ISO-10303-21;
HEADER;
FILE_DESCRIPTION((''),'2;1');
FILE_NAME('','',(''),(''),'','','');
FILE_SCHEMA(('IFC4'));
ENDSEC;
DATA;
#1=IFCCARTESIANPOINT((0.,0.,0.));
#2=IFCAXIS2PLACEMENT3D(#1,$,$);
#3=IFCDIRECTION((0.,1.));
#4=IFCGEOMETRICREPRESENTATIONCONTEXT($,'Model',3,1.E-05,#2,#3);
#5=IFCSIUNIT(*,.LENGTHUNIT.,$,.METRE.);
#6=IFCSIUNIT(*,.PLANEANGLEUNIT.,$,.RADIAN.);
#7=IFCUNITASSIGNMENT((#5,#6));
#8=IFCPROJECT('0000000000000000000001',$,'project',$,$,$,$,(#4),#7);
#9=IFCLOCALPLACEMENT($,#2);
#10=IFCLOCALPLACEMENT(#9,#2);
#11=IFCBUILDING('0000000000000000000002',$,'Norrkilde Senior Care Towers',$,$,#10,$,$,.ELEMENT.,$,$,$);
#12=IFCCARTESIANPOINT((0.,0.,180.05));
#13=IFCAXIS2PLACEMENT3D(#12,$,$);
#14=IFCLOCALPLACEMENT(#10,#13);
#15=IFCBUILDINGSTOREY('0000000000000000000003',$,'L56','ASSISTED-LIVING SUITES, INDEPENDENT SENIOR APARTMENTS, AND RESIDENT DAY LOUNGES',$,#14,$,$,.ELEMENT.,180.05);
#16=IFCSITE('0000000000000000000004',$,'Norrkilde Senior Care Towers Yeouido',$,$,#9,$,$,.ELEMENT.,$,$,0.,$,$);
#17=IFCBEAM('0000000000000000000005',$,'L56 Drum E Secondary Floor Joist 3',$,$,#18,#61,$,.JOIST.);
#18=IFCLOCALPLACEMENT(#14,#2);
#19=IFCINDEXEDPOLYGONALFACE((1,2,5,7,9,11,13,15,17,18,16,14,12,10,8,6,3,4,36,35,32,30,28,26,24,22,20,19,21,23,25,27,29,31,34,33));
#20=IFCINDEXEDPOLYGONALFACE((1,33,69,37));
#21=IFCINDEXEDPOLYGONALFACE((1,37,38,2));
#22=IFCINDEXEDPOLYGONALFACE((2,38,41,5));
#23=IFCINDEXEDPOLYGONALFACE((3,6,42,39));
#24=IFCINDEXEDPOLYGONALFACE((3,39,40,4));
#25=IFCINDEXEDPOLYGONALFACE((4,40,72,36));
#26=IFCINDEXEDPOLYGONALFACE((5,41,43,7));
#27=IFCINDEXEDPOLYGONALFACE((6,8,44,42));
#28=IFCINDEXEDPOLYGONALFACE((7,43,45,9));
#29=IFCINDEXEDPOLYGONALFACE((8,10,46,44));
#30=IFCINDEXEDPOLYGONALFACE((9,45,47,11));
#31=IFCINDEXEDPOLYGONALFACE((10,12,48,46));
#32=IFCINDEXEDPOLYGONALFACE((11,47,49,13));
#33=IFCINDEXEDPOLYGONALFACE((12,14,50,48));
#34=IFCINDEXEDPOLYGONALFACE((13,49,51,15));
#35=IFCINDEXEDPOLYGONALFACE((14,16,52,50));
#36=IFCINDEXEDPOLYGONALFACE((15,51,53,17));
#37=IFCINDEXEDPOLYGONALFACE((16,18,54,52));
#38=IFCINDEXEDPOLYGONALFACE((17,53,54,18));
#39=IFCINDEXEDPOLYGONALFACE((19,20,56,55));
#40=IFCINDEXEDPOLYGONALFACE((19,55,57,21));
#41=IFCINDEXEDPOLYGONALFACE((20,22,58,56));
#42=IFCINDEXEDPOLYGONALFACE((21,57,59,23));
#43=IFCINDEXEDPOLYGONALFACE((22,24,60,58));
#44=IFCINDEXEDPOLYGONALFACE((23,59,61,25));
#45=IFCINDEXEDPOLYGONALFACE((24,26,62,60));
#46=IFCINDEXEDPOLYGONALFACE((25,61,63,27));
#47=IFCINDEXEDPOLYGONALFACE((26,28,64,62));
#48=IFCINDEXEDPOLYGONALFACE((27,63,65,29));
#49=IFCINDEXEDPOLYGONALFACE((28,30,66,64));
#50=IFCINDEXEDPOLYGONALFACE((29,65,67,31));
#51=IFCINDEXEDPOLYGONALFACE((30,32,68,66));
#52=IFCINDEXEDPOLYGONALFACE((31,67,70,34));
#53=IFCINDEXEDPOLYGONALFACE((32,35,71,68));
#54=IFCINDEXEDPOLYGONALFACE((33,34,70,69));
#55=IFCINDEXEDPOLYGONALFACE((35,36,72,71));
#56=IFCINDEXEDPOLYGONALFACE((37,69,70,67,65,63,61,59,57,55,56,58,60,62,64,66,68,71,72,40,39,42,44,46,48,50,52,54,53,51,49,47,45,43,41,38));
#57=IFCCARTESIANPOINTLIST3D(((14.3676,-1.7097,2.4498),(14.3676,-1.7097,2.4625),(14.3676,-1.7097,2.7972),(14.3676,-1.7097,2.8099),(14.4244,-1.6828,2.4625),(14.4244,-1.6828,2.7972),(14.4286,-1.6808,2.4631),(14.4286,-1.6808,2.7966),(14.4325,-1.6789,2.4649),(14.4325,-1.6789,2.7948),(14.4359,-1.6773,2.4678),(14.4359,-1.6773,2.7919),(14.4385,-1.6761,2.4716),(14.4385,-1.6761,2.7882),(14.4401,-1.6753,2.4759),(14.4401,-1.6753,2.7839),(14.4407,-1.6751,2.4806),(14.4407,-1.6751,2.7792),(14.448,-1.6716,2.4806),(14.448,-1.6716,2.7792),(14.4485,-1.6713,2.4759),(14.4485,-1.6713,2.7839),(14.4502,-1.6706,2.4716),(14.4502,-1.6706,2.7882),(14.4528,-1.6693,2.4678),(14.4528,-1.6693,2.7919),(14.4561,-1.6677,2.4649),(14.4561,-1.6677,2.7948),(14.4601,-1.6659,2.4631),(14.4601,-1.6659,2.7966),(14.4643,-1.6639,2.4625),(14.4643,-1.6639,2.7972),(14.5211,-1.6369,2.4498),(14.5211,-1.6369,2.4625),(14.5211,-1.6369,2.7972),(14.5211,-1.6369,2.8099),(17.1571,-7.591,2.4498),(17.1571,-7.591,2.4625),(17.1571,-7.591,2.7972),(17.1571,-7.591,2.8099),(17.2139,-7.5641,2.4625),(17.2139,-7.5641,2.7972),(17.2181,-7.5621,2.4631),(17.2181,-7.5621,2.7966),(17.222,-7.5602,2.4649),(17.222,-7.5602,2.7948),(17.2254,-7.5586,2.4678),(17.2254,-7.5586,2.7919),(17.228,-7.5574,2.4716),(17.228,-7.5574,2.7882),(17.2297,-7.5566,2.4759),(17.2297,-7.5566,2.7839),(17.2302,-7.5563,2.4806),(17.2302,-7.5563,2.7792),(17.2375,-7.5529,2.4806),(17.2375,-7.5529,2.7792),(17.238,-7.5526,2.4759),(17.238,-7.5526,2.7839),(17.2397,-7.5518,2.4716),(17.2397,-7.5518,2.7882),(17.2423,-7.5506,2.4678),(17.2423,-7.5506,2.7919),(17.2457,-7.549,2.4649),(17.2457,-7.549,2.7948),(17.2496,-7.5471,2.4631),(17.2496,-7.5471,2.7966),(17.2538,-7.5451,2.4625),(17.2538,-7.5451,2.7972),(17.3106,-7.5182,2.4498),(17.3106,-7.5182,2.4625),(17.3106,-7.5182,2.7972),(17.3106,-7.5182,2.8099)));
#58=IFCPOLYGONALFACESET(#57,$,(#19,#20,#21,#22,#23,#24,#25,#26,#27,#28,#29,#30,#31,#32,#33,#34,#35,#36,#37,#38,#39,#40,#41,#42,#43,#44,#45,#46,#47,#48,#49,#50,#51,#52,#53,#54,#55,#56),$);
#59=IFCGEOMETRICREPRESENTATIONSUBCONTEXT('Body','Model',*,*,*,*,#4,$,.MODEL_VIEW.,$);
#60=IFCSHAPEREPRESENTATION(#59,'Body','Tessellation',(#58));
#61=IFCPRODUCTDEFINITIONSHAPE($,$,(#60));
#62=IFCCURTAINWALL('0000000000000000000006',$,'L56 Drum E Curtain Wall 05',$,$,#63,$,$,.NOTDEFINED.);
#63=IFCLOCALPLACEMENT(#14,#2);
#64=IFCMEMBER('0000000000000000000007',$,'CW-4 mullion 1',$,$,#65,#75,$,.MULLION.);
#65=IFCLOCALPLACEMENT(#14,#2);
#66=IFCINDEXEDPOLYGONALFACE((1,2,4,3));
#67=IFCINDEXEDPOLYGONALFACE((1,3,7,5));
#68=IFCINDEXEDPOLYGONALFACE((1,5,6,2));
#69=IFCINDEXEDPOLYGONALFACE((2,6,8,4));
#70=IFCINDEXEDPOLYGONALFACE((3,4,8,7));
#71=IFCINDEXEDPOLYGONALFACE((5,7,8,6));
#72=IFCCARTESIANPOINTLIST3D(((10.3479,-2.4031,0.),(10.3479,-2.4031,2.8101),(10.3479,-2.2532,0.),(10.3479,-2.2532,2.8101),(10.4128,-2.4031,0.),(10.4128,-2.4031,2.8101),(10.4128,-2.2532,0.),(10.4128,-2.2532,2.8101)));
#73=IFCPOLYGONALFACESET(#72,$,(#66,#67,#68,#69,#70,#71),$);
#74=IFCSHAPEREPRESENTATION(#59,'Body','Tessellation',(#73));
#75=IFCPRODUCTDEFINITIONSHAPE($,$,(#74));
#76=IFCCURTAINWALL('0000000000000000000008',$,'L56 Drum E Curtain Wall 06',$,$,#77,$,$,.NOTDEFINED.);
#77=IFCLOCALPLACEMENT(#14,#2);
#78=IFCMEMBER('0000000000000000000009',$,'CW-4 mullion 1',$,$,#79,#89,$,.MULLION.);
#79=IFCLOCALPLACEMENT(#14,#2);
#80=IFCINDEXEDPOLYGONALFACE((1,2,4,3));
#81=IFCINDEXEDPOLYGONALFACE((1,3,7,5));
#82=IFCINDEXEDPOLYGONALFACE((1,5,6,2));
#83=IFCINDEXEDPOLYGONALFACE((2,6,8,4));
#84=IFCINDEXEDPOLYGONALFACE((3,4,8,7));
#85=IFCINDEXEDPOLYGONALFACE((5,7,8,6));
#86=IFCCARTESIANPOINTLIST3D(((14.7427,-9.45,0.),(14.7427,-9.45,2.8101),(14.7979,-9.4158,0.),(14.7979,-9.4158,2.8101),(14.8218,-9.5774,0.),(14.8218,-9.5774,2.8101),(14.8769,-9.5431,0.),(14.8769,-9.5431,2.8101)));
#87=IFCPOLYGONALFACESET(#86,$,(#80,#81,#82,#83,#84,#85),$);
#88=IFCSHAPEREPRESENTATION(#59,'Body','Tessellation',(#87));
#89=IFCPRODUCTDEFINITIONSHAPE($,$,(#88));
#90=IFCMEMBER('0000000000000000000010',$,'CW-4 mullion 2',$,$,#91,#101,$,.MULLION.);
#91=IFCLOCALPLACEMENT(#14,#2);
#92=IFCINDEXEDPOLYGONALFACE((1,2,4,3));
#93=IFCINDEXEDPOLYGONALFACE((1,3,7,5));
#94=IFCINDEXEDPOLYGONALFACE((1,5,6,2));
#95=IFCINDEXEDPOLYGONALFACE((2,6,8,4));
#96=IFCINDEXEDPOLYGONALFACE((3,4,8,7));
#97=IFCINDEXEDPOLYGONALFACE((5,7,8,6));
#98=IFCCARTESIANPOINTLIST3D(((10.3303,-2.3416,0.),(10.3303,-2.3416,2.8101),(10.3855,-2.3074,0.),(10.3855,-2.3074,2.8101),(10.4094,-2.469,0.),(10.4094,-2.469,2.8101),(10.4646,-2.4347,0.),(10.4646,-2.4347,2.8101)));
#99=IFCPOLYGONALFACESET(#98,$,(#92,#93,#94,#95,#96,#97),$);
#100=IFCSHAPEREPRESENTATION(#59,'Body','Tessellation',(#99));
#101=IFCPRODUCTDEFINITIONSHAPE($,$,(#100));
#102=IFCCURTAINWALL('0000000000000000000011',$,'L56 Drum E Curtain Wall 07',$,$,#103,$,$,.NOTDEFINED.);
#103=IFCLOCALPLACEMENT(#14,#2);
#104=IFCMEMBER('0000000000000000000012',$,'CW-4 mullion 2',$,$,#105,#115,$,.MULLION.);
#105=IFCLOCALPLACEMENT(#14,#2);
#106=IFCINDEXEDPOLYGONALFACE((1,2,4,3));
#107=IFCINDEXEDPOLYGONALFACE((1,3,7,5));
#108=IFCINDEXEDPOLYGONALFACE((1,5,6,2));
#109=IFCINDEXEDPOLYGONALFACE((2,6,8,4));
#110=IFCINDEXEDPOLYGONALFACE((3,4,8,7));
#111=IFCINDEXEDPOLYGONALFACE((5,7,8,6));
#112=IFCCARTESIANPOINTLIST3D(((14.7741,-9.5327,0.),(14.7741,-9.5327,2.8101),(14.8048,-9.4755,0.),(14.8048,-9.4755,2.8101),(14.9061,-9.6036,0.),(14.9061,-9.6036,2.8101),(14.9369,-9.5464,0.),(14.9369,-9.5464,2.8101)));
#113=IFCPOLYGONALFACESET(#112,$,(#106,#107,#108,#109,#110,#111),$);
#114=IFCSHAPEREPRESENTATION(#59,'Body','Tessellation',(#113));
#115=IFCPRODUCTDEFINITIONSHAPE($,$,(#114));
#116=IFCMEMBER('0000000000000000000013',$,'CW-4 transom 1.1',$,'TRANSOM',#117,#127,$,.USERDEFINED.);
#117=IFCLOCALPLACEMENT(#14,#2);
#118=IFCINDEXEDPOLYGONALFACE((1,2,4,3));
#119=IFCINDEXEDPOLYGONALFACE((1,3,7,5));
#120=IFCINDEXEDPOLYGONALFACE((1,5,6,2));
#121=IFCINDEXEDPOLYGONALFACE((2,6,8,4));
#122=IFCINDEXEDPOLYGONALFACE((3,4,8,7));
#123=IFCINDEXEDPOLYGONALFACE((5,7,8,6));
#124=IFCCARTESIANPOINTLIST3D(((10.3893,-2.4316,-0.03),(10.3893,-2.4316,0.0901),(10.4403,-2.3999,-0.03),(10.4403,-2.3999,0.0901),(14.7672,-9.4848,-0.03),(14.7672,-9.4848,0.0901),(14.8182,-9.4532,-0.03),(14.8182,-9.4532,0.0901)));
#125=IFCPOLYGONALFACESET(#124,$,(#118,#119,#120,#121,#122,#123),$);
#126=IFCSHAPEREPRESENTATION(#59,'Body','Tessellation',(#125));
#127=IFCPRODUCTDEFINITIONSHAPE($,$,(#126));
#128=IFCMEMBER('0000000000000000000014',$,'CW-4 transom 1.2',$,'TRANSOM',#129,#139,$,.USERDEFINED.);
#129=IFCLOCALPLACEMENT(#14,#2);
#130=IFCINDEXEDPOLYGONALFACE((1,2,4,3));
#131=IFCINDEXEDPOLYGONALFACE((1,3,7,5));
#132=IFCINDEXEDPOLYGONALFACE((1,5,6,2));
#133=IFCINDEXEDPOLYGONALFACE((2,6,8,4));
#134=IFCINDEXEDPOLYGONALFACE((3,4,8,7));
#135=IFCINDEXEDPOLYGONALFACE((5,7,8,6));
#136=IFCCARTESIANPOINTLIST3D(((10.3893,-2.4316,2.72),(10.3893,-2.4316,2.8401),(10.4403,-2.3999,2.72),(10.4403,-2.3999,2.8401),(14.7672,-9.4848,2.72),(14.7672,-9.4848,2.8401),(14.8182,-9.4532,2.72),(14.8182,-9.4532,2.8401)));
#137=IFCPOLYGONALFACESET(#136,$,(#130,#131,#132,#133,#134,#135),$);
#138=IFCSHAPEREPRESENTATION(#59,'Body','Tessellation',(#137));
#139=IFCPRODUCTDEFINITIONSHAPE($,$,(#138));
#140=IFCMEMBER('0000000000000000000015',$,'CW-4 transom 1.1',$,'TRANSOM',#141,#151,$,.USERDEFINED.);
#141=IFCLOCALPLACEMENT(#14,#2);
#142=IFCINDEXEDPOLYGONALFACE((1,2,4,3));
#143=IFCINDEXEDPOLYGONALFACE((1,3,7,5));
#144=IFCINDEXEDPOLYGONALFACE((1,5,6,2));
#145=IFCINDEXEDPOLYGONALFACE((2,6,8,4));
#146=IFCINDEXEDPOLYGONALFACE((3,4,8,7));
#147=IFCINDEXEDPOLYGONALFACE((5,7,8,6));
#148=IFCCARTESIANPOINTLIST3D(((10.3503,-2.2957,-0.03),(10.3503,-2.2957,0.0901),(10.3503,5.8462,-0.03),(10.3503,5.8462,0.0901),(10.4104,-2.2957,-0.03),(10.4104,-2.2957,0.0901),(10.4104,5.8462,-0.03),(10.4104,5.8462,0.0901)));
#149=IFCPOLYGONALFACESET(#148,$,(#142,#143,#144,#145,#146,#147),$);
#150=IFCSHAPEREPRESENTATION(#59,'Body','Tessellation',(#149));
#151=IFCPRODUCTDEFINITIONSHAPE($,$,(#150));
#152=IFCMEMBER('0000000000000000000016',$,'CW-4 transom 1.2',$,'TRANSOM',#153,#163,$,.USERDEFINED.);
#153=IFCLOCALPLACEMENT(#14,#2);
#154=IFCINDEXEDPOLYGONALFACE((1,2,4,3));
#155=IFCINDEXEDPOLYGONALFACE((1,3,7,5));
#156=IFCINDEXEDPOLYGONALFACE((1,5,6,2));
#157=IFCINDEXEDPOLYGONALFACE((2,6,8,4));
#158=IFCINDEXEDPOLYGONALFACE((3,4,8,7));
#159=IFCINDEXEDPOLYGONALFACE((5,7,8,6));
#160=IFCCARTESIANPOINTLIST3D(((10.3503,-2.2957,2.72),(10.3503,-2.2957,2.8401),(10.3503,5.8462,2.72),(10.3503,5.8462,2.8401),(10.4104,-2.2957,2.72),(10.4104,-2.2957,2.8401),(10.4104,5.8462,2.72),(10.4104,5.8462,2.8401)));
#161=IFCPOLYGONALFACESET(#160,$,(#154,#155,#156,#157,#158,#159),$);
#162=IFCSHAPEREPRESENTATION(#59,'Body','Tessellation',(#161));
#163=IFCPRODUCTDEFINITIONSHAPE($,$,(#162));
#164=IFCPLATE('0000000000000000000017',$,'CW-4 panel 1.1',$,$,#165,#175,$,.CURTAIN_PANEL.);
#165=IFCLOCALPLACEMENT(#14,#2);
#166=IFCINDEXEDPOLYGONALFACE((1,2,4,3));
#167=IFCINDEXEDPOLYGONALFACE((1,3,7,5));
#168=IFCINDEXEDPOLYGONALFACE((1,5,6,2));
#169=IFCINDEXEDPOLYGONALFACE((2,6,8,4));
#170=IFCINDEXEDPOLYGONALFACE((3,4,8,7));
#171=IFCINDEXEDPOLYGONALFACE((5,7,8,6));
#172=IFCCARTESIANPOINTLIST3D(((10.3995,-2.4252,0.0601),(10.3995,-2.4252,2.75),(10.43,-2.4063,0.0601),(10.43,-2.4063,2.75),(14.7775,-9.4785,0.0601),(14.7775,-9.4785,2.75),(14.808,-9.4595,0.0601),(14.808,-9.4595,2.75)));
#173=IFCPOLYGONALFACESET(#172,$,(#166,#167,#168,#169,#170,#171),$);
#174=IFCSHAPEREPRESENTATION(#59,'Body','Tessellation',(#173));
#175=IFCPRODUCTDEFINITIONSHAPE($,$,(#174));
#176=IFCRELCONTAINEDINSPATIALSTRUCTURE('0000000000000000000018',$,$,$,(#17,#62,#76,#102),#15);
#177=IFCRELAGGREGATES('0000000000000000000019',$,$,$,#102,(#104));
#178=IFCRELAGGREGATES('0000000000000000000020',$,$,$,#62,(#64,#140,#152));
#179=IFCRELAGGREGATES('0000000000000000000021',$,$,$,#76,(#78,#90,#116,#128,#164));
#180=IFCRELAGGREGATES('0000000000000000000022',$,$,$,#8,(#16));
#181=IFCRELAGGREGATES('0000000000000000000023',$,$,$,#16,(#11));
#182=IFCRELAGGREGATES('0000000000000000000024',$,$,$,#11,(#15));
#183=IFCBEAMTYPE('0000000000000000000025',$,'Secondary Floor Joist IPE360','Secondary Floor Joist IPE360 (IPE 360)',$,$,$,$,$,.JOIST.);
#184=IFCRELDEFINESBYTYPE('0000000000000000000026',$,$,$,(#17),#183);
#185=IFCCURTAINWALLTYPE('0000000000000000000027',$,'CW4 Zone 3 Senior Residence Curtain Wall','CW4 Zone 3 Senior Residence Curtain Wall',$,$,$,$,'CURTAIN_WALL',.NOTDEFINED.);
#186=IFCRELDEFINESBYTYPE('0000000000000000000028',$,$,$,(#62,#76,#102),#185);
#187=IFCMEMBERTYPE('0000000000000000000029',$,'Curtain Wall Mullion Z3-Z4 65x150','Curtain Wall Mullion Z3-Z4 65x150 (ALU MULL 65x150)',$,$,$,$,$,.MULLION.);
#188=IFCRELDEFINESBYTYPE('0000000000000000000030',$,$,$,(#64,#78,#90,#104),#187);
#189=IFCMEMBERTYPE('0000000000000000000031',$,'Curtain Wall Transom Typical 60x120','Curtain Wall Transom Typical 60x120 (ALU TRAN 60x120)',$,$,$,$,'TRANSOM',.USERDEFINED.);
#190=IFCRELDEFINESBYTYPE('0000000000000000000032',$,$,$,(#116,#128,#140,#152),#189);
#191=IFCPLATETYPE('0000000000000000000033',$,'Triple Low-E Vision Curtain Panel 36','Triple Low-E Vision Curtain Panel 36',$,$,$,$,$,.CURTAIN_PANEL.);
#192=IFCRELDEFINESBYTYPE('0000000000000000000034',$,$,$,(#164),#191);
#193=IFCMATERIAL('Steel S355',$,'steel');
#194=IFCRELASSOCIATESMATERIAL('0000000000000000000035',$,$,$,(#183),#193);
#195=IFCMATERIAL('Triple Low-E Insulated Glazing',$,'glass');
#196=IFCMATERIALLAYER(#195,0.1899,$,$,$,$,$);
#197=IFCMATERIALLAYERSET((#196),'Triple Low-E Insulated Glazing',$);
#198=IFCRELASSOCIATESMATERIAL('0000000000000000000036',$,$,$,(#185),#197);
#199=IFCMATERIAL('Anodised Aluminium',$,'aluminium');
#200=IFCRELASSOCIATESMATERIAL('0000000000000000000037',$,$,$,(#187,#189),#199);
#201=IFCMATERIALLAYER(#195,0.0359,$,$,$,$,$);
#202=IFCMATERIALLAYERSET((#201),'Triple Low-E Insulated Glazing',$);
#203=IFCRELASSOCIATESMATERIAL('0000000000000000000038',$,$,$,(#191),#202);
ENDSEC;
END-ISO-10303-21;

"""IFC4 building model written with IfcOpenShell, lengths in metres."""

from ifc_helpers import new_model, si_unit, direction, frame, origin, origin_2d, place, context, subcontext, project, spatial, rectangle, i_section, extrude, source, transform, mapped, material, layer, layer_set, material_profile, profile_set, type_object, type_shapes, element, aggregate, save


model = new_model("IFC4")

# Units and contexts
model_context = context("Model", 3, precision=1e-05, world=origin(), true_north=direction((0.0, 1.0)))
body_context = subcontext(model_context, "Body", "Model", "MODEL_VIEW")
ifc_project = project(units=[si_unit("LENGTHUNIT", "METRE"), si_unit("PLANEANGLEUNIT", "RADIAN")], contexts=[model_context])

# Site, building, storey
site_placement = place(None, origin())
site = spatial("IfcSite", under=ifc_project, at=site_placement, Name="Norrkilde Senior Care Towers Yeouido", CompositionType="ELEMENT", RefElevation=0.0)
building_placement = place(site_placement, origin())
building = spatial("IfcBuilding", under=site, at=building_placement, Name="Norrkilde Senior Care Towers", CompositionType="ELEMENT")
storey_placement = place(building_placement, frame((0.0, 0.0, 180.05)))
storey = spatial("IfcBuildingStorey", under=building, at=storey_placement, Name="L56", Description="ASSISTED-LIVING SUITES, INDEPENDENT SENIOR APARTMENTS, AND RESIDENT DAY LOUNGES", CompositionType="ELEMENT", Elevation=180.05)

# Beam
ifc_material_1 = material(Name="Steel S355", Category="steel")
ifc_material_profile_1 = material_profile(ifc_material_1, i_section(OverallWidth=0.1699, OverallDepth=0.3601, WebThickness=0.0081, FlangeThickness=0.0127, FilletRadius=0.0181, at=origin_2d()), Name="IPE 360")
ifc_profile_set_1 = profile_set([ifc_material_profile_1], Name="Steel S355")
beam_type_1 = type_object("IfcBeamType", Name="Secondary Floor Joist IPE360", Description="Secondary Floor Joist IPE360 (IPE 360)", PredefinedType="JOIST", material=ifc_profile_set_1)
shared_shape_1 = source(origin(), body_context, "Body", "SweptSolid", [
    extrude(i_section(OverallWidth=0.1699, OverallDepth=0.3601, WebThickness=0.0081, FlangeThickness=0.0127, FilletRadius=0.0181, at=origin_2d()), origin(), (0.0, 0.0, 1.0), 6.5093),
])
type_shapes(beam_type_1, [shared_shape_1])
beam_1_placement = place(storey_placement, frame((14.4443, -1.6733, 2.6299), z_axis=(0.428544, -0.903521, 0.0), x_axis=(0.903521, 0.428544, 0.0)))
element("IfcBeam", 1, at=beam_1_placement, inside=storey, type_object=beam_type_1, Name="L56 Drum E Secondary Floor Joist 3", PredefinedType="JOIST", context=body_context, shape_type="MappedRepresentation", body=[
    mapped(shared_shape_1, transform((0.0, 0.0, 0.0), x_axis=(1.0, 0.0, 0.0), y_axis=(0.0, 1.0, 0.0), z_axis=(0.0, 0.0, 1.0), scale=1.0)),
])

# Curtain wall, member
ifc_material_2 = material(Name="Triple Low-E Insulated Glazing", Category="glass")
ifc_layer_1 = layer(ifc_material_2, 0.1899)
ifc_layer_set_1 = layer_set([ifc_layer_1], Name="Triple Low-E Insulated Glazing")
curtain_wall_type = type_object("IfcCurtainWallType", Name="CW4 Zone 3 Senior Residence Curtain Wall", Description="CW4 Zone 3 Senior Residence Curtain Wall", ElementType="CURTAIN_WALL", PredefinedType="NOTDEFINED", material=ifc_layer_set_1)
curtain_wall_1_placement = place(storey_placement, origin())
curtain_wall_1 = element("IfcCurtainWall", 2, at=curtain_wall_1_placement, inside=storey, type_object=curtain_wall_type, Name="L56 Drum E Curtain Wall 05", PredefinedType="NOTDEFINED")
ifc_material_3 = material(Name="Anodised Aluminium", Category="aluminium")
ifc_material_profile_2 = material_profile(ifc_material_3, rectangle(XDim=0.0649, YDim=0.1499, at=origin_2d()), Name="ALU MULL 65x150")
ifc_profile_set_2 = profile_set([ifc_material_profile_2], Name="Anodised Aluminium")
member_type_1 = type_object("IfcMemberType", Name="Curtain Wall Mullion Z3-Z4 65x150", Description="Curtain Wall Mullion Z3-Z4 65x150 (ALU MULL 65x150)", PredefinedType="MULLION", material=ifc_profile_set_2)
shared_shape_2 = source(origin(), body_context, "Body", "SweptSolid", [
    extrude(rectangle(XDim=0.0649, YDim=0.1499, at=origin_2d()), origin(), (0.0, 0.0, 1.0), 2.8101),
])
type_shapes(member_type_1, [shared_shape_2])
member_1_placement = place(storey_placement, frame((10.3804, -2.3281, 0.0), z_axis=(0.0, 0.0, 1.0), x_axis=(-1.0, 0.0, 0.0)))
member_1 = element("IfcMember", 3, at=member_1_placement, type_object=member_type_1, Name="CW-4 mullion 1", PredefinedType="MULLION", context=body_context, shape_type="MappedRepresentation", body=[
    mapped(shared_shape_2, transform((0.0, 0.0, 0.0), x_axis=(1.0, 0.0, 0.0), y_axis=(0.0, 1.0, 0.0), z_axis=(0.0, 0.0, 1.0), scale=1.0)),
])

# Curtain wall, members
curtain_wall_2_placement = place(storey_placement, origin())
curtain_wall_2 = element("IfcCurtainWall", 4, at=curtain_wall_2_placement, inside=storey, type_object=curtain_wall_type, Name="L56 Drum E Curtain Wall 06", PredefinedType="NOTDEFINED")
member_2_placement = place(storey_placement, frame((14.8098, -9.4966, 0.0), z_axis=(0.0, 0.0, 1.0), x_axis=(-0.849634, -0.527373, 0.0)))
member_2 = element("IfcMember", 5, at=member_2_placement, type_object=member_type_1, Name="CW-4 mullion 1", PredefinedType="MULLION", context=body_context, shape_type="MappedRepresentation", body=[
    mapped(shared_shape_2, transform((0.0, 0.0, 0.0), x_axis=(1.0, 0.0, 0.0), y_axis=(0.0, 1.0, 0.0), z_axis=(0.0, 0.0, 1.0), scale=1.0)),
])
member_3_placement = place(storey_placement, frame((10.3975, -2.3882, 0.0), z_axis=(0.0, 0.0, 1.0), x_axis=(-0.849634, -0.527373, 0.0)))
member_3 = element("IfcMember", 6, at=member_3_placement, type_object=member_type_1, Name="CW-4 mullion 2", PredefinedType="MULLION", context=body_context, shape_type="MappedRepresentation", body=[
    mapped(shared_shape_2, transform((0.0, 0.0, 0.0), x_axis=(1.0, 0.0, 0.0), y_axis=(0.0, 1.0, 0.0), z_axis=(0.0, 0.0, 1.0), scale=1.0)),
])

# Curtain wall, member
curtain_wall_3_placement = place(storey_placement, origin())
curtain_wall_3 = element("IfcCurtainWall", 7, at=curtain_wall_3_placement, inside=storey, type_object=curtain_wall_type, Name="L56 Drum E Curtain Wall 07", PredefinedType="NOTDEFINED")
member_4_placement = place(storey_placement, frame((14.8555, -9.5396, 0.0), z_axis=(0.0, 0.0, 1.0), x_axis=(-0.473117, -0.881, 0.0)))
member_4 = element("IfcMember", 8, at=member_4_placement, type_object=member_type_1, Name="CW-4 mullion 2", PredefinedType="MULLION", context=body_context, shape_type="MappedRepresentation", body=[
    mapped(shared_shape_2, transform((0.0, 0.0, 0.0), x_axis=(1.0, 0.0, 0.0), y_axis=(0.0, 1.0, 0.0), z_axis=(0.0, 0.0, 1.0), scale=1.0)),
])
aggregate(curtain_wall_3, [member_4])

# Members
ifc_material_profile_3 = material_profile(ifc_material_3, rectangle(XDim=0.0601, YDim=0.1201, at=origin_2d()), Name="ALU TRAN 60x120")
ifc_profile_set_3 = profile_set([ifc_material_profile_3], Name="Anodised Aluminium")
member_type_2 = type_object("IfcMemberType", Name="Curtain Wall Transom Typical 60x120", Description="Curtain Wall Transom Typical 60x120 (ALU TRAN 60x120)", ElementType="TRANSOM", PredefinedType="USERDEFINED", material=ifc_profile_set_3)
shared_shape_3 = source(origin(), body_context, "Body", "SweptSolid", [
    extrude(rectangle(XDim=0.0601, YDim=0.1201, at=origin_2d()), origin(), (0.0, 0.0, 1.0), 8.3015),
])
member_5_placement = place(storey_placement, frame((14.7927, -9.469, 0.03), z_axis=(-0.527369, 0.849637, 0.0), x_axis=(-0.849637, -0.527369, 0.0)))
member_5 = element("IfcMember", 9, at=member_5_placement, type_object=member_type_2, Name="CW-4 transom 1.1", ObjectType="TRANSOM", PredefinedType="USERDEFINED", context=body_context, shape_type="MappedRepresentation", body=[
    mapped(shared_shape_3, transform((0.0, 0.0, 0.0), x_axis=(1.0, 0.0, 0.0), y_axis=(0.0, 1.0, 0.0), z_axis=(0.0, 0.0, 1.0), scale=1.0)),
])
member_6_placement = place(storey_placement, frame((14.7927, -9.469, 2.78), z_axis=(-0.527369, 0.849637, 0.0), x_axis=(-0.849637, -0.527369, 0.0)))
member_6 = element("IfcMember", 10, at=member_6_placement, type_object=member_type_2, Name="CW-4 transom 1.2", ObjectType="TRANSOM", PredefinedType="USERDEFINED", context=body_context, shape_type="MappedRepresentation", body=[
    mapped(shared_shape_3, transform((0.0, 0.0, 0.0), x_axis=(1.0, 0.0, 0.0), y_axis=(0.0, 1.0, 0.0), z_axis=(0.0, 0.0, 1.0), scale=1.0)),
])
shared_shape_4 = source(origin(), body_context, "Body", "SweptSolid", [
    extrude(rectangle(XDim=0.0601, YDim=0.1201, at=origin_2d()), origin(), (0.0, 0.0, 1.0), 8.1418),
])
type_shapes(member_type_2, [shared_shape_3, shared_shape_4])
member_7_placement = place(storey_placement, frame((10.3804, -2.2957, 0.03), z_axis=(0.0, 1.0, 0.0), x_axis=(-1.0, 0.0, 0.0)))
member_7 = element("IfcMember", 11, at=member_7_placement, type_object=member_type_2, Name="CW-4 transom 1.1", ObjectType="TRANSOM", PredefinedType="USERDEFINED", context=body_context, shape_type="MappedRepresentation", body=[
    mapped(shared_shape_4, transform((0.0, 0.0, 0.0), x_axis=(1.0, 0.0, 0.0), y_axis=(0.0, 1.0, 0.0), z_axis=(0.0, 0.0, 1.0), scale=1.0)),
])
member_8_placement = place(storey_placement, frame((10.3804, -2.2957, 2.78), z_axis=(0.0, 1.0, 0.0), x_axis=(-1.0, 0.0, 0.0)))
member_8 = element("IfcMember", 12, at=member_8_placement, type_object=member_type_2, Name="CW-4 transom 1.2", ObjectType="TRANSOM", PredefinedType="USERDEFINED", context=body_context, shape_type="MappedRepresentation", body=[
    mapped(shared_shape_4, transform((0.0, 0.0, 0.0), x_axis=(1.0, 0.0, 0.0), y_axis=(0.0, 1.0, 0.0), z_axis=(0.0, 0.0, 1.0), scale=1.0)),
])
aggregate(curtain_wall_1, [member_1, member_7, member_8])

# Plate
ifc_layer_2 = layer(ifc_material_2, 0.0359)
ifc_layer_set_2 = layer_set([ifc_layer_2], Name="Triple Low-E Insulated Glazing")
plate_type = type_object("IfcPlateType", Name="Triple Low-E Vision Curtain Panel 36", Description="Triple Low-E Vision Curtain Panel 36", PredefinedType="CURTAIN_PANEL", material=ifc_layer_set_2)
shared_shape_5 = source(origin(), body_context, "Body", "SweptSolid", [
    extrude(rectangle(XDim=8.3015, YDim=0.0359, at=origin_2d()), origin(), (0.0, 0.0, 1.0), 2.6899),
])
type_shapes(plate_type, [shared_shape_5])
plate_placement = place(storey_placement, frame((12.6038, -5.9424, 0.0601), z_axis=(0.0, 0.0, 1.0), x_axis=(-0.527373, 0.849634, 0.0)))
plate = element("IfcPlate", 13, at=plate_placement, type_object=plate_type, Name="CW-4 panel 1.1", PredefinedType="CURTAIN_PANEL", context=body_context, shape_type="MappedRepresentation", body=[
    mapped(shared_shape_5, transform((0.0, 0.0, 0.0), x_axis=(1.0, 0.0, 0.0), y_axis=(0.0, 1.0, 0.0), z_axis=(0.0, 0.0, 1.0), scale=1.0)),
])
aggregate(curtain_wall_2, [member_2, member_3, member_5, member_6, plate])

save(model, "model.ifc")
